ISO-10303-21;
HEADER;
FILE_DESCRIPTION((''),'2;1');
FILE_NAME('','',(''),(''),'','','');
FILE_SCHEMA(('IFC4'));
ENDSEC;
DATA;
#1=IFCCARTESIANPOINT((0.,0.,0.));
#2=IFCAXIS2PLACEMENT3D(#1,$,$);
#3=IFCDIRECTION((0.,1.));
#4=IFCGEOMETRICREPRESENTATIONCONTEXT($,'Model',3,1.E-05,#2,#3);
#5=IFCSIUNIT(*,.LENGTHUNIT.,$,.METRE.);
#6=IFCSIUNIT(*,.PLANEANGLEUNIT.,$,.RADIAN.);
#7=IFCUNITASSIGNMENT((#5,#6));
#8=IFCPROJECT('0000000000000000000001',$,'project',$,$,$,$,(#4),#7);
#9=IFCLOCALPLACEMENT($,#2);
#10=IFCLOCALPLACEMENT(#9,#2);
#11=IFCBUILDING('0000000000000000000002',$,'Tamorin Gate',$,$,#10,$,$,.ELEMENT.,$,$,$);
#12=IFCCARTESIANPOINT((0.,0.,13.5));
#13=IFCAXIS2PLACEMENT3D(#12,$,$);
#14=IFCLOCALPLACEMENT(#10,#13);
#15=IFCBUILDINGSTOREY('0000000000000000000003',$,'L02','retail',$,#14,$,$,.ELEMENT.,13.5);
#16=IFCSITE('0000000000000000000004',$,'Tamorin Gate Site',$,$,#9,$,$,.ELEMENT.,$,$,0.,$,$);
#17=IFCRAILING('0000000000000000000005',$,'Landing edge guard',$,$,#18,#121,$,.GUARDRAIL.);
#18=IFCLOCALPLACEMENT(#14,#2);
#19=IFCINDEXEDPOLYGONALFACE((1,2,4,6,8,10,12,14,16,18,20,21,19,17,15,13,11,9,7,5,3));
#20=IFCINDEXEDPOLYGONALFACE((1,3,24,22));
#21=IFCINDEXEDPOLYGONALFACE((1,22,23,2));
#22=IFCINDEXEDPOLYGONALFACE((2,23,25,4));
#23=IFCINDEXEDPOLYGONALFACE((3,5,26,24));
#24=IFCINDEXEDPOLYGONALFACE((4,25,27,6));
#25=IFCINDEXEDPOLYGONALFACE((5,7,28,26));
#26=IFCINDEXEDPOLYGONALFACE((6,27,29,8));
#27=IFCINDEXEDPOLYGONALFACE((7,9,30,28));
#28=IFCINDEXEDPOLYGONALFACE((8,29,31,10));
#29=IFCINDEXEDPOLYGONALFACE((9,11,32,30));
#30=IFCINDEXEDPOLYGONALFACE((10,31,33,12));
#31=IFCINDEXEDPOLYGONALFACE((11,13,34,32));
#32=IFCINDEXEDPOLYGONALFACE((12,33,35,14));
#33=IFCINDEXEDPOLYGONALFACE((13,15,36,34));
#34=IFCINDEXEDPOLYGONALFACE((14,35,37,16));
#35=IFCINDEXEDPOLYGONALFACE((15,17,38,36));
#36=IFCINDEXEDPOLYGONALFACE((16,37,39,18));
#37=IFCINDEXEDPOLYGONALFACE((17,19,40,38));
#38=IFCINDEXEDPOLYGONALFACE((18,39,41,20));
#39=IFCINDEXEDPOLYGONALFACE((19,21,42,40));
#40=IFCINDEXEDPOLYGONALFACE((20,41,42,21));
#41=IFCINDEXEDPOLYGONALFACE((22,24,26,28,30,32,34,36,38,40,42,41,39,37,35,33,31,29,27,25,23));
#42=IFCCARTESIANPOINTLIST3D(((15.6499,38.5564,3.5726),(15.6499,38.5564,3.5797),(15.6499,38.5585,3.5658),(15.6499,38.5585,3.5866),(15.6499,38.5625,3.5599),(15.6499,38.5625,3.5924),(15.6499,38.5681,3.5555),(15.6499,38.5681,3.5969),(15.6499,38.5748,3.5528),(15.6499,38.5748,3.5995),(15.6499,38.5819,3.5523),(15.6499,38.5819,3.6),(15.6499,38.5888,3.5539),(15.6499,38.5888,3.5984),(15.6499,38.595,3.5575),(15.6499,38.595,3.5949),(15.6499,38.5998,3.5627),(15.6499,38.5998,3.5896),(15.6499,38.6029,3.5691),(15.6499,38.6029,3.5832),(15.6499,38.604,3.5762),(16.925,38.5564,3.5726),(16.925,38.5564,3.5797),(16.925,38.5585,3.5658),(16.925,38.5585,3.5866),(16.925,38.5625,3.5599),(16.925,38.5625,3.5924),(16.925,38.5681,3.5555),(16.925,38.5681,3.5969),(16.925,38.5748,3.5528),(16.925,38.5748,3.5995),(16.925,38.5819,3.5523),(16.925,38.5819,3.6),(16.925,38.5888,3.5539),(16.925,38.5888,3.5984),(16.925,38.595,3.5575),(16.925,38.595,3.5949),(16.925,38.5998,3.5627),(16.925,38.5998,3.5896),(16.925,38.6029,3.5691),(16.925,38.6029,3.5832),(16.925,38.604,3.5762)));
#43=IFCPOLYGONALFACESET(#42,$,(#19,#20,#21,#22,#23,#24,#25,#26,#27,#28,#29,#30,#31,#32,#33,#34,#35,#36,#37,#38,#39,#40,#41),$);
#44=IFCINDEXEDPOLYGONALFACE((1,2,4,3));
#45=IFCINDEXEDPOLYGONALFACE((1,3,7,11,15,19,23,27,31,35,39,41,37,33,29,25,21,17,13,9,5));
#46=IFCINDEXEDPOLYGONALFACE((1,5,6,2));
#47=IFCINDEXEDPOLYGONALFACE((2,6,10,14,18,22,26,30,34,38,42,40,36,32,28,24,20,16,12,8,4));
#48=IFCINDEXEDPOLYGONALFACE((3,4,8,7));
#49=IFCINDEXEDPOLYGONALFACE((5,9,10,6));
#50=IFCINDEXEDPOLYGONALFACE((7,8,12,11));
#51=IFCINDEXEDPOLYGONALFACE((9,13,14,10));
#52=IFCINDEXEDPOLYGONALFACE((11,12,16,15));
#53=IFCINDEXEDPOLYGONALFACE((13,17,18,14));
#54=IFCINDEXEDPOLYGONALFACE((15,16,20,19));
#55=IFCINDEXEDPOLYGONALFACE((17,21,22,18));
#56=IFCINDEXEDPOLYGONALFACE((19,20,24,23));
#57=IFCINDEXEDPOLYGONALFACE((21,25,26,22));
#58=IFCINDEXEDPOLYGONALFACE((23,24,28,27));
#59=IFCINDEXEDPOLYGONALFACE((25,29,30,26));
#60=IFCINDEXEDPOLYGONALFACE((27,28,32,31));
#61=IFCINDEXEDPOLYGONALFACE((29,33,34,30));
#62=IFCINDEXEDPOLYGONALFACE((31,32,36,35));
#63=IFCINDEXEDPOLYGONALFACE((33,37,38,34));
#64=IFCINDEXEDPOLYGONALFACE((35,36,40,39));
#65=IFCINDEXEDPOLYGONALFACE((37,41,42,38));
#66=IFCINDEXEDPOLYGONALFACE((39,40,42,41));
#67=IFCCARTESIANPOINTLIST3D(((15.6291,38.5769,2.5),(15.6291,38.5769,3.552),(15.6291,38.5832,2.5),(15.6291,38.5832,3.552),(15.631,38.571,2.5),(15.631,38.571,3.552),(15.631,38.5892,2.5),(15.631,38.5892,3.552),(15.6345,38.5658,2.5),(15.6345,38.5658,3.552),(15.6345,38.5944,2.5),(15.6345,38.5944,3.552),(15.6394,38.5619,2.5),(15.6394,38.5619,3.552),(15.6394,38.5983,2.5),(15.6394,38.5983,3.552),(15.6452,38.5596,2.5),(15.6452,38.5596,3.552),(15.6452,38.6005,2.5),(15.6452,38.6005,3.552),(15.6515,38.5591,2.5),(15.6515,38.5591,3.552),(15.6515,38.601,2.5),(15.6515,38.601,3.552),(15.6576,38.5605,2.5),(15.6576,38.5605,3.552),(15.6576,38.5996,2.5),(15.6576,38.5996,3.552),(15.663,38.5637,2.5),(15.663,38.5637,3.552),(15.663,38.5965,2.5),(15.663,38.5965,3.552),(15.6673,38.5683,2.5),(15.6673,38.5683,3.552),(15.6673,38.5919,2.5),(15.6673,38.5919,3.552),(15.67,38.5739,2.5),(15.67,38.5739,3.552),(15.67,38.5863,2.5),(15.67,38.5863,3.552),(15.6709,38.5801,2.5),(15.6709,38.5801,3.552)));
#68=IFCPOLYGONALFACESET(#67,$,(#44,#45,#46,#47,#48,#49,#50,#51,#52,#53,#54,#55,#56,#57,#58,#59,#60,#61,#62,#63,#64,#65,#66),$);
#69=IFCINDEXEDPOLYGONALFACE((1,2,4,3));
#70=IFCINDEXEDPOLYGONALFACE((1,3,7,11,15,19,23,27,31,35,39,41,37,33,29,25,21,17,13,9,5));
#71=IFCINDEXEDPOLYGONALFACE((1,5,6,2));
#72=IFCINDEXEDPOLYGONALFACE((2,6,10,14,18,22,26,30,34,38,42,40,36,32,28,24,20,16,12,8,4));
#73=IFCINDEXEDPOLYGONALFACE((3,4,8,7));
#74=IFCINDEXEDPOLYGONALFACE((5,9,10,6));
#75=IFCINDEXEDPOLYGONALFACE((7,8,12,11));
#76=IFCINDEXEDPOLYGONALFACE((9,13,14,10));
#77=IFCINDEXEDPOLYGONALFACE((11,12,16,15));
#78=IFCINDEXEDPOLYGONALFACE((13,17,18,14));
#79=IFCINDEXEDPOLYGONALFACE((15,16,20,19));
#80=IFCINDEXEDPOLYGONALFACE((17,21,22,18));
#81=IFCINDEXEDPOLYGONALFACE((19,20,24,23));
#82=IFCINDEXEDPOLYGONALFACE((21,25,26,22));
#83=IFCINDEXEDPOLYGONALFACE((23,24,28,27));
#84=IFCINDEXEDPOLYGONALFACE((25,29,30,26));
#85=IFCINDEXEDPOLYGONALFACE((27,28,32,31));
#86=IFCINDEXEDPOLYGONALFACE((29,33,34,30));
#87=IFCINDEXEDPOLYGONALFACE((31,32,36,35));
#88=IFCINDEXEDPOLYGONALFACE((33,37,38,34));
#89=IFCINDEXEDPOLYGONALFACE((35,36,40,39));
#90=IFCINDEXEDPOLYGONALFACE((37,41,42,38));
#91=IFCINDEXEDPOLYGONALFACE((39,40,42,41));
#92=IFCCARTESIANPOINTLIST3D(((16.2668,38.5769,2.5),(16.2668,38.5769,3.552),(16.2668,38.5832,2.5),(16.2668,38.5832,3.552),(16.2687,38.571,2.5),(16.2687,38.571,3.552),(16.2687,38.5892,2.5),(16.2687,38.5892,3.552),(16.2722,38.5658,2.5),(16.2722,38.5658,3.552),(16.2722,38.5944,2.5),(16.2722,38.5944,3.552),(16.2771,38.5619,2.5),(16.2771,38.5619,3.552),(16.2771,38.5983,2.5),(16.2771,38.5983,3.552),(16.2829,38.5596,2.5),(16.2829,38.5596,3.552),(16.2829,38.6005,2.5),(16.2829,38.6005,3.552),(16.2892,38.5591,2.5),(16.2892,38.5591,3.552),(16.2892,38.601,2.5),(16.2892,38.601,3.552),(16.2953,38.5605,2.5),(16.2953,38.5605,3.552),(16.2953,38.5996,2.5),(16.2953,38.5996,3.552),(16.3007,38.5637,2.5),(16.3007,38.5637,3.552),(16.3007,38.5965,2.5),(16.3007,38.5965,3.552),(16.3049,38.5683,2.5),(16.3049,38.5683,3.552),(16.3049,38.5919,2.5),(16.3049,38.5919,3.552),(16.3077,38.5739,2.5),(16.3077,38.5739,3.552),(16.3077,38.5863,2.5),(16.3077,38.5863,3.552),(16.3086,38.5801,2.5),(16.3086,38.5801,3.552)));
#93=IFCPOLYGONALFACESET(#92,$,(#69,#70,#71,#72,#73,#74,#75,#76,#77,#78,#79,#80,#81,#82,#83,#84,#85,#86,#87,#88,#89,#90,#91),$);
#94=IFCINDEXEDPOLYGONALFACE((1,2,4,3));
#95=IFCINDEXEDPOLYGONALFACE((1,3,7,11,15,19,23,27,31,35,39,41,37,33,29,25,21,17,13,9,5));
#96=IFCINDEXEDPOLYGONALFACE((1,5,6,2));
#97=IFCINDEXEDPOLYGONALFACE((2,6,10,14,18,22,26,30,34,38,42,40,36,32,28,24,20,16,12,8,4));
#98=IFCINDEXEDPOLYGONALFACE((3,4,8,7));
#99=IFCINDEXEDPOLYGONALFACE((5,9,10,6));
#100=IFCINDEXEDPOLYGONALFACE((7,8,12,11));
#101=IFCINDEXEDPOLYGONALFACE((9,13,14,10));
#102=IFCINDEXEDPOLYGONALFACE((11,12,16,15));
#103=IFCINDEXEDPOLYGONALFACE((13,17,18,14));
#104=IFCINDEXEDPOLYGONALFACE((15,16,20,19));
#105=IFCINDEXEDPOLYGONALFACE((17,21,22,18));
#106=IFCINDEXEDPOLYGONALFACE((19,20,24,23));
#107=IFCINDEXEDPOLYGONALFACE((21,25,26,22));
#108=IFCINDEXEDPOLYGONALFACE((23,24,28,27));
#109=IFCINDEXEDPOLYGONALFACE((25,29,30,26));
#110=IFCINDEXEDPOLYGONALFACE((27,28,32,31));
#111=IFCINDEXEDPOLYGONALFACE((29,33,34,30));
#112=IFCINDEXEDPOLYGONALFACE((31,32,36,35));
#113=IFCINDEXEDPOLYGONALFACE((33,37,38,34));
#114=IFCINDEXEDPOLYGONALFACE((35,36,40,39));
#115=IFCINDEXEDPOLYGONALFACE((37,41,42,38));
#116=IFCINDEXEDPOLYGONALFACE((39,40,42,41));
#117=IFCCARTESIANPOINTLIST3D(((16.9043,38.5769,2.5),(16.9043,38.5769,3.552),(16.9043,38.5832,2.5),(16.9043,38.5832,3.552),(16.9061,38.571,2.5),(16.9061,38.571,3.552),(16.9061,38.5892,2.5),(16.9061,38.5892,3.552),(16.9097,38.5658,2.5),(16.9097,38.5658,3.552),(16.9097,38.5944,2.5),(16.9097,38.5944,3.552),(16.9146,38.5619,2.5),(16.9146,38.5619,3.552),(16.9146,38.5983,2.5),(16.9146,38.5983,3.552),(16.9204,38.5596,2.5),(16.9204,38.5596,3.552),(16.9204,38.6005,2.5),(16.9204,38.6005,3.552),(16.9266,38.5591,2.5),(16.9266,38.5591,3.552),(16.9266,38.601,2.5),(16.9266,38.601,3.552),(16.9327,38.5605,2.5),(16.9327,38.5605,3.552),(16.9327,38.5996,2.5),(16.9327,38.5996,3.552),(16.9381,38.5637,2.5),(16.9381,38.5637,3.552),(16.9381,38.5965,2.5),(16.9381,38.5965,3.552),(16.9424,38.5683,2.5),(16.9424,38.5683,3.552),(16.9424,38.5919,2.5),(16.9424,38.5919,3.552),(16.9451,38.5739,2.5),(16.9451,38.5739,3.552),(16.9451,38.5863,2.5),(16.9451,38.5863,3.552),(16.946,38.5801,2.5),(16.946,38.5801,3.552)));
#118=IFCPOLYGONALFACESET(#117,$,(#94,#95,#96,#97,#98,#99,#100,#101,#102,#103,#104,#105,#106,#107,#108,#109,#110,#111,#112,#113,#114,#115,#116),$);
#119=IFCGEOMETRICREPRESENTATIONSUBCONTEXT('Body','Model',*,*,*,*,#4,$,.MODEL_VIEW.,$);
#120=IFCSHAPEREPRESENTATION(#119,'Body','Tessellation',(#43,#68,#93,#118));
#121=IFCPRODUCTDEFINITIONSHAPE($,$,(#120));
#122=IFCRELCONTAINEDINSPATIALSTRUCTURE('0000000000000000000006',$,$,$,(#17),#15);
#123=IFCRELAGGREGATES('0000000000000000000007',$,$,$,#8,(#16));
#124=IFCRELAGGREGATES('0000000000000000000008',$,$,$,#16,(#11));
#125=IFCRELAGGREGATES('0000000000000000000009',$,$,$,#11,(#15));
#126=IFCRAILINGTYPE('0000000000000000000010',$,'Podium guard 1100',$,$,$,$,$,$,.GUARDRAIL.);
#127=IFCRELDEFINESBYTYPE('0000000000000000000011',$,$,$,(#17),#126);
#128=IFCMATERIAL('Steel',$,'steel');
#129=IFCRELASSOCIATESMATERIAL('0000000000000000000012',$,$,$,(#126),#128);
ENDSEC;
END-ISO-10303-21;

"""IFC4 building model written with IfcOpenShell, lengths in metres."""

from ifc_helpers import new_model, si_unit, direction, frame, origin, origin_2d, place, context, subcontext, project, spatial, circle, extrude, material, type_object, element, save


model = new_model("IFC4")

# Units and contexts
model_context = context("Model", 3, precision=1e-05, world=origin(), true_north=direction((0.0, 1.0)))
body_context = subcontext(model_context, "Body", "Model", "MODEL_VIEW")
ifc_project = project(units=[si_unit("LENGTHUNIT", "METRE"), si_unit("PLANEANGLEUNIT", "RADIAN")], contexts=[model_context])

# Site, building, storey
site_placement = place(None, origin())
site = spatial("IfcSite", under=ifc_project, at=site_placement, Name="Tamorin Gate Site", CompositionType="ELEMENT", RefElevation=0.0)
building_placement = place(site_placement, origin())
building = spatial("IfcBuilding", under=site, at=building_placement, Name="Tamorin Gate", CompositionType="ELEMENT")
storey_placement = place(building_placement, frame((0.0, 0.0, 13.5)))
storey = spatial("IfcBuildingStorey", under=building, at=storey_placement, Name="L02", Description="retail", CompositionType="ELEMENT", Elevation=13.5)

# Railing
ifc_material_1 = material(Name="Steel", Category="steel")
railing_type = type_object("IfcRailingType", Name="Podium guard 1100", PredefinedType="GUARDRAIL", material=ifc_material_1)
railing_1_placement = place(storey_placement, frame((15.6499, 38.5801, 2.5)))
element("IfcRailing", 1, at=railing_1_placement, inside=storey, type_object=railing_type, Name="Landing edge guard", PredefinedType="GUARDRAIL", context=body_context, shape_type="SweptSolid", body=[
    extrude(circle(Radius=0.0239, at=origin_2d()), frame((0.0, 0.0, 1.0762), z_axis=(1.0, 0.0, 0.0), x_axis=(0.0, 1.0, 0.0)), (0.0, 0.0, 1.0), 1.2751),
    extrude(circle(Radius=0.021, at=origin_2d()), origin(), (0.0, 0.0, 1.0), 1.052),
    extrude(circle(Radius=0.021, at=origin_2d()), frame((0.6377, 0.0, 0.0)), (0.0, 0.0, 1.0), 1.052),
    extrude(circle(Radius=0.021, at=origin_2d()), frame((1.2751, 0.0, 0.0)), (0.0, 0.0, 1.0), 1.052),
])

save(model, "model.ifc")
